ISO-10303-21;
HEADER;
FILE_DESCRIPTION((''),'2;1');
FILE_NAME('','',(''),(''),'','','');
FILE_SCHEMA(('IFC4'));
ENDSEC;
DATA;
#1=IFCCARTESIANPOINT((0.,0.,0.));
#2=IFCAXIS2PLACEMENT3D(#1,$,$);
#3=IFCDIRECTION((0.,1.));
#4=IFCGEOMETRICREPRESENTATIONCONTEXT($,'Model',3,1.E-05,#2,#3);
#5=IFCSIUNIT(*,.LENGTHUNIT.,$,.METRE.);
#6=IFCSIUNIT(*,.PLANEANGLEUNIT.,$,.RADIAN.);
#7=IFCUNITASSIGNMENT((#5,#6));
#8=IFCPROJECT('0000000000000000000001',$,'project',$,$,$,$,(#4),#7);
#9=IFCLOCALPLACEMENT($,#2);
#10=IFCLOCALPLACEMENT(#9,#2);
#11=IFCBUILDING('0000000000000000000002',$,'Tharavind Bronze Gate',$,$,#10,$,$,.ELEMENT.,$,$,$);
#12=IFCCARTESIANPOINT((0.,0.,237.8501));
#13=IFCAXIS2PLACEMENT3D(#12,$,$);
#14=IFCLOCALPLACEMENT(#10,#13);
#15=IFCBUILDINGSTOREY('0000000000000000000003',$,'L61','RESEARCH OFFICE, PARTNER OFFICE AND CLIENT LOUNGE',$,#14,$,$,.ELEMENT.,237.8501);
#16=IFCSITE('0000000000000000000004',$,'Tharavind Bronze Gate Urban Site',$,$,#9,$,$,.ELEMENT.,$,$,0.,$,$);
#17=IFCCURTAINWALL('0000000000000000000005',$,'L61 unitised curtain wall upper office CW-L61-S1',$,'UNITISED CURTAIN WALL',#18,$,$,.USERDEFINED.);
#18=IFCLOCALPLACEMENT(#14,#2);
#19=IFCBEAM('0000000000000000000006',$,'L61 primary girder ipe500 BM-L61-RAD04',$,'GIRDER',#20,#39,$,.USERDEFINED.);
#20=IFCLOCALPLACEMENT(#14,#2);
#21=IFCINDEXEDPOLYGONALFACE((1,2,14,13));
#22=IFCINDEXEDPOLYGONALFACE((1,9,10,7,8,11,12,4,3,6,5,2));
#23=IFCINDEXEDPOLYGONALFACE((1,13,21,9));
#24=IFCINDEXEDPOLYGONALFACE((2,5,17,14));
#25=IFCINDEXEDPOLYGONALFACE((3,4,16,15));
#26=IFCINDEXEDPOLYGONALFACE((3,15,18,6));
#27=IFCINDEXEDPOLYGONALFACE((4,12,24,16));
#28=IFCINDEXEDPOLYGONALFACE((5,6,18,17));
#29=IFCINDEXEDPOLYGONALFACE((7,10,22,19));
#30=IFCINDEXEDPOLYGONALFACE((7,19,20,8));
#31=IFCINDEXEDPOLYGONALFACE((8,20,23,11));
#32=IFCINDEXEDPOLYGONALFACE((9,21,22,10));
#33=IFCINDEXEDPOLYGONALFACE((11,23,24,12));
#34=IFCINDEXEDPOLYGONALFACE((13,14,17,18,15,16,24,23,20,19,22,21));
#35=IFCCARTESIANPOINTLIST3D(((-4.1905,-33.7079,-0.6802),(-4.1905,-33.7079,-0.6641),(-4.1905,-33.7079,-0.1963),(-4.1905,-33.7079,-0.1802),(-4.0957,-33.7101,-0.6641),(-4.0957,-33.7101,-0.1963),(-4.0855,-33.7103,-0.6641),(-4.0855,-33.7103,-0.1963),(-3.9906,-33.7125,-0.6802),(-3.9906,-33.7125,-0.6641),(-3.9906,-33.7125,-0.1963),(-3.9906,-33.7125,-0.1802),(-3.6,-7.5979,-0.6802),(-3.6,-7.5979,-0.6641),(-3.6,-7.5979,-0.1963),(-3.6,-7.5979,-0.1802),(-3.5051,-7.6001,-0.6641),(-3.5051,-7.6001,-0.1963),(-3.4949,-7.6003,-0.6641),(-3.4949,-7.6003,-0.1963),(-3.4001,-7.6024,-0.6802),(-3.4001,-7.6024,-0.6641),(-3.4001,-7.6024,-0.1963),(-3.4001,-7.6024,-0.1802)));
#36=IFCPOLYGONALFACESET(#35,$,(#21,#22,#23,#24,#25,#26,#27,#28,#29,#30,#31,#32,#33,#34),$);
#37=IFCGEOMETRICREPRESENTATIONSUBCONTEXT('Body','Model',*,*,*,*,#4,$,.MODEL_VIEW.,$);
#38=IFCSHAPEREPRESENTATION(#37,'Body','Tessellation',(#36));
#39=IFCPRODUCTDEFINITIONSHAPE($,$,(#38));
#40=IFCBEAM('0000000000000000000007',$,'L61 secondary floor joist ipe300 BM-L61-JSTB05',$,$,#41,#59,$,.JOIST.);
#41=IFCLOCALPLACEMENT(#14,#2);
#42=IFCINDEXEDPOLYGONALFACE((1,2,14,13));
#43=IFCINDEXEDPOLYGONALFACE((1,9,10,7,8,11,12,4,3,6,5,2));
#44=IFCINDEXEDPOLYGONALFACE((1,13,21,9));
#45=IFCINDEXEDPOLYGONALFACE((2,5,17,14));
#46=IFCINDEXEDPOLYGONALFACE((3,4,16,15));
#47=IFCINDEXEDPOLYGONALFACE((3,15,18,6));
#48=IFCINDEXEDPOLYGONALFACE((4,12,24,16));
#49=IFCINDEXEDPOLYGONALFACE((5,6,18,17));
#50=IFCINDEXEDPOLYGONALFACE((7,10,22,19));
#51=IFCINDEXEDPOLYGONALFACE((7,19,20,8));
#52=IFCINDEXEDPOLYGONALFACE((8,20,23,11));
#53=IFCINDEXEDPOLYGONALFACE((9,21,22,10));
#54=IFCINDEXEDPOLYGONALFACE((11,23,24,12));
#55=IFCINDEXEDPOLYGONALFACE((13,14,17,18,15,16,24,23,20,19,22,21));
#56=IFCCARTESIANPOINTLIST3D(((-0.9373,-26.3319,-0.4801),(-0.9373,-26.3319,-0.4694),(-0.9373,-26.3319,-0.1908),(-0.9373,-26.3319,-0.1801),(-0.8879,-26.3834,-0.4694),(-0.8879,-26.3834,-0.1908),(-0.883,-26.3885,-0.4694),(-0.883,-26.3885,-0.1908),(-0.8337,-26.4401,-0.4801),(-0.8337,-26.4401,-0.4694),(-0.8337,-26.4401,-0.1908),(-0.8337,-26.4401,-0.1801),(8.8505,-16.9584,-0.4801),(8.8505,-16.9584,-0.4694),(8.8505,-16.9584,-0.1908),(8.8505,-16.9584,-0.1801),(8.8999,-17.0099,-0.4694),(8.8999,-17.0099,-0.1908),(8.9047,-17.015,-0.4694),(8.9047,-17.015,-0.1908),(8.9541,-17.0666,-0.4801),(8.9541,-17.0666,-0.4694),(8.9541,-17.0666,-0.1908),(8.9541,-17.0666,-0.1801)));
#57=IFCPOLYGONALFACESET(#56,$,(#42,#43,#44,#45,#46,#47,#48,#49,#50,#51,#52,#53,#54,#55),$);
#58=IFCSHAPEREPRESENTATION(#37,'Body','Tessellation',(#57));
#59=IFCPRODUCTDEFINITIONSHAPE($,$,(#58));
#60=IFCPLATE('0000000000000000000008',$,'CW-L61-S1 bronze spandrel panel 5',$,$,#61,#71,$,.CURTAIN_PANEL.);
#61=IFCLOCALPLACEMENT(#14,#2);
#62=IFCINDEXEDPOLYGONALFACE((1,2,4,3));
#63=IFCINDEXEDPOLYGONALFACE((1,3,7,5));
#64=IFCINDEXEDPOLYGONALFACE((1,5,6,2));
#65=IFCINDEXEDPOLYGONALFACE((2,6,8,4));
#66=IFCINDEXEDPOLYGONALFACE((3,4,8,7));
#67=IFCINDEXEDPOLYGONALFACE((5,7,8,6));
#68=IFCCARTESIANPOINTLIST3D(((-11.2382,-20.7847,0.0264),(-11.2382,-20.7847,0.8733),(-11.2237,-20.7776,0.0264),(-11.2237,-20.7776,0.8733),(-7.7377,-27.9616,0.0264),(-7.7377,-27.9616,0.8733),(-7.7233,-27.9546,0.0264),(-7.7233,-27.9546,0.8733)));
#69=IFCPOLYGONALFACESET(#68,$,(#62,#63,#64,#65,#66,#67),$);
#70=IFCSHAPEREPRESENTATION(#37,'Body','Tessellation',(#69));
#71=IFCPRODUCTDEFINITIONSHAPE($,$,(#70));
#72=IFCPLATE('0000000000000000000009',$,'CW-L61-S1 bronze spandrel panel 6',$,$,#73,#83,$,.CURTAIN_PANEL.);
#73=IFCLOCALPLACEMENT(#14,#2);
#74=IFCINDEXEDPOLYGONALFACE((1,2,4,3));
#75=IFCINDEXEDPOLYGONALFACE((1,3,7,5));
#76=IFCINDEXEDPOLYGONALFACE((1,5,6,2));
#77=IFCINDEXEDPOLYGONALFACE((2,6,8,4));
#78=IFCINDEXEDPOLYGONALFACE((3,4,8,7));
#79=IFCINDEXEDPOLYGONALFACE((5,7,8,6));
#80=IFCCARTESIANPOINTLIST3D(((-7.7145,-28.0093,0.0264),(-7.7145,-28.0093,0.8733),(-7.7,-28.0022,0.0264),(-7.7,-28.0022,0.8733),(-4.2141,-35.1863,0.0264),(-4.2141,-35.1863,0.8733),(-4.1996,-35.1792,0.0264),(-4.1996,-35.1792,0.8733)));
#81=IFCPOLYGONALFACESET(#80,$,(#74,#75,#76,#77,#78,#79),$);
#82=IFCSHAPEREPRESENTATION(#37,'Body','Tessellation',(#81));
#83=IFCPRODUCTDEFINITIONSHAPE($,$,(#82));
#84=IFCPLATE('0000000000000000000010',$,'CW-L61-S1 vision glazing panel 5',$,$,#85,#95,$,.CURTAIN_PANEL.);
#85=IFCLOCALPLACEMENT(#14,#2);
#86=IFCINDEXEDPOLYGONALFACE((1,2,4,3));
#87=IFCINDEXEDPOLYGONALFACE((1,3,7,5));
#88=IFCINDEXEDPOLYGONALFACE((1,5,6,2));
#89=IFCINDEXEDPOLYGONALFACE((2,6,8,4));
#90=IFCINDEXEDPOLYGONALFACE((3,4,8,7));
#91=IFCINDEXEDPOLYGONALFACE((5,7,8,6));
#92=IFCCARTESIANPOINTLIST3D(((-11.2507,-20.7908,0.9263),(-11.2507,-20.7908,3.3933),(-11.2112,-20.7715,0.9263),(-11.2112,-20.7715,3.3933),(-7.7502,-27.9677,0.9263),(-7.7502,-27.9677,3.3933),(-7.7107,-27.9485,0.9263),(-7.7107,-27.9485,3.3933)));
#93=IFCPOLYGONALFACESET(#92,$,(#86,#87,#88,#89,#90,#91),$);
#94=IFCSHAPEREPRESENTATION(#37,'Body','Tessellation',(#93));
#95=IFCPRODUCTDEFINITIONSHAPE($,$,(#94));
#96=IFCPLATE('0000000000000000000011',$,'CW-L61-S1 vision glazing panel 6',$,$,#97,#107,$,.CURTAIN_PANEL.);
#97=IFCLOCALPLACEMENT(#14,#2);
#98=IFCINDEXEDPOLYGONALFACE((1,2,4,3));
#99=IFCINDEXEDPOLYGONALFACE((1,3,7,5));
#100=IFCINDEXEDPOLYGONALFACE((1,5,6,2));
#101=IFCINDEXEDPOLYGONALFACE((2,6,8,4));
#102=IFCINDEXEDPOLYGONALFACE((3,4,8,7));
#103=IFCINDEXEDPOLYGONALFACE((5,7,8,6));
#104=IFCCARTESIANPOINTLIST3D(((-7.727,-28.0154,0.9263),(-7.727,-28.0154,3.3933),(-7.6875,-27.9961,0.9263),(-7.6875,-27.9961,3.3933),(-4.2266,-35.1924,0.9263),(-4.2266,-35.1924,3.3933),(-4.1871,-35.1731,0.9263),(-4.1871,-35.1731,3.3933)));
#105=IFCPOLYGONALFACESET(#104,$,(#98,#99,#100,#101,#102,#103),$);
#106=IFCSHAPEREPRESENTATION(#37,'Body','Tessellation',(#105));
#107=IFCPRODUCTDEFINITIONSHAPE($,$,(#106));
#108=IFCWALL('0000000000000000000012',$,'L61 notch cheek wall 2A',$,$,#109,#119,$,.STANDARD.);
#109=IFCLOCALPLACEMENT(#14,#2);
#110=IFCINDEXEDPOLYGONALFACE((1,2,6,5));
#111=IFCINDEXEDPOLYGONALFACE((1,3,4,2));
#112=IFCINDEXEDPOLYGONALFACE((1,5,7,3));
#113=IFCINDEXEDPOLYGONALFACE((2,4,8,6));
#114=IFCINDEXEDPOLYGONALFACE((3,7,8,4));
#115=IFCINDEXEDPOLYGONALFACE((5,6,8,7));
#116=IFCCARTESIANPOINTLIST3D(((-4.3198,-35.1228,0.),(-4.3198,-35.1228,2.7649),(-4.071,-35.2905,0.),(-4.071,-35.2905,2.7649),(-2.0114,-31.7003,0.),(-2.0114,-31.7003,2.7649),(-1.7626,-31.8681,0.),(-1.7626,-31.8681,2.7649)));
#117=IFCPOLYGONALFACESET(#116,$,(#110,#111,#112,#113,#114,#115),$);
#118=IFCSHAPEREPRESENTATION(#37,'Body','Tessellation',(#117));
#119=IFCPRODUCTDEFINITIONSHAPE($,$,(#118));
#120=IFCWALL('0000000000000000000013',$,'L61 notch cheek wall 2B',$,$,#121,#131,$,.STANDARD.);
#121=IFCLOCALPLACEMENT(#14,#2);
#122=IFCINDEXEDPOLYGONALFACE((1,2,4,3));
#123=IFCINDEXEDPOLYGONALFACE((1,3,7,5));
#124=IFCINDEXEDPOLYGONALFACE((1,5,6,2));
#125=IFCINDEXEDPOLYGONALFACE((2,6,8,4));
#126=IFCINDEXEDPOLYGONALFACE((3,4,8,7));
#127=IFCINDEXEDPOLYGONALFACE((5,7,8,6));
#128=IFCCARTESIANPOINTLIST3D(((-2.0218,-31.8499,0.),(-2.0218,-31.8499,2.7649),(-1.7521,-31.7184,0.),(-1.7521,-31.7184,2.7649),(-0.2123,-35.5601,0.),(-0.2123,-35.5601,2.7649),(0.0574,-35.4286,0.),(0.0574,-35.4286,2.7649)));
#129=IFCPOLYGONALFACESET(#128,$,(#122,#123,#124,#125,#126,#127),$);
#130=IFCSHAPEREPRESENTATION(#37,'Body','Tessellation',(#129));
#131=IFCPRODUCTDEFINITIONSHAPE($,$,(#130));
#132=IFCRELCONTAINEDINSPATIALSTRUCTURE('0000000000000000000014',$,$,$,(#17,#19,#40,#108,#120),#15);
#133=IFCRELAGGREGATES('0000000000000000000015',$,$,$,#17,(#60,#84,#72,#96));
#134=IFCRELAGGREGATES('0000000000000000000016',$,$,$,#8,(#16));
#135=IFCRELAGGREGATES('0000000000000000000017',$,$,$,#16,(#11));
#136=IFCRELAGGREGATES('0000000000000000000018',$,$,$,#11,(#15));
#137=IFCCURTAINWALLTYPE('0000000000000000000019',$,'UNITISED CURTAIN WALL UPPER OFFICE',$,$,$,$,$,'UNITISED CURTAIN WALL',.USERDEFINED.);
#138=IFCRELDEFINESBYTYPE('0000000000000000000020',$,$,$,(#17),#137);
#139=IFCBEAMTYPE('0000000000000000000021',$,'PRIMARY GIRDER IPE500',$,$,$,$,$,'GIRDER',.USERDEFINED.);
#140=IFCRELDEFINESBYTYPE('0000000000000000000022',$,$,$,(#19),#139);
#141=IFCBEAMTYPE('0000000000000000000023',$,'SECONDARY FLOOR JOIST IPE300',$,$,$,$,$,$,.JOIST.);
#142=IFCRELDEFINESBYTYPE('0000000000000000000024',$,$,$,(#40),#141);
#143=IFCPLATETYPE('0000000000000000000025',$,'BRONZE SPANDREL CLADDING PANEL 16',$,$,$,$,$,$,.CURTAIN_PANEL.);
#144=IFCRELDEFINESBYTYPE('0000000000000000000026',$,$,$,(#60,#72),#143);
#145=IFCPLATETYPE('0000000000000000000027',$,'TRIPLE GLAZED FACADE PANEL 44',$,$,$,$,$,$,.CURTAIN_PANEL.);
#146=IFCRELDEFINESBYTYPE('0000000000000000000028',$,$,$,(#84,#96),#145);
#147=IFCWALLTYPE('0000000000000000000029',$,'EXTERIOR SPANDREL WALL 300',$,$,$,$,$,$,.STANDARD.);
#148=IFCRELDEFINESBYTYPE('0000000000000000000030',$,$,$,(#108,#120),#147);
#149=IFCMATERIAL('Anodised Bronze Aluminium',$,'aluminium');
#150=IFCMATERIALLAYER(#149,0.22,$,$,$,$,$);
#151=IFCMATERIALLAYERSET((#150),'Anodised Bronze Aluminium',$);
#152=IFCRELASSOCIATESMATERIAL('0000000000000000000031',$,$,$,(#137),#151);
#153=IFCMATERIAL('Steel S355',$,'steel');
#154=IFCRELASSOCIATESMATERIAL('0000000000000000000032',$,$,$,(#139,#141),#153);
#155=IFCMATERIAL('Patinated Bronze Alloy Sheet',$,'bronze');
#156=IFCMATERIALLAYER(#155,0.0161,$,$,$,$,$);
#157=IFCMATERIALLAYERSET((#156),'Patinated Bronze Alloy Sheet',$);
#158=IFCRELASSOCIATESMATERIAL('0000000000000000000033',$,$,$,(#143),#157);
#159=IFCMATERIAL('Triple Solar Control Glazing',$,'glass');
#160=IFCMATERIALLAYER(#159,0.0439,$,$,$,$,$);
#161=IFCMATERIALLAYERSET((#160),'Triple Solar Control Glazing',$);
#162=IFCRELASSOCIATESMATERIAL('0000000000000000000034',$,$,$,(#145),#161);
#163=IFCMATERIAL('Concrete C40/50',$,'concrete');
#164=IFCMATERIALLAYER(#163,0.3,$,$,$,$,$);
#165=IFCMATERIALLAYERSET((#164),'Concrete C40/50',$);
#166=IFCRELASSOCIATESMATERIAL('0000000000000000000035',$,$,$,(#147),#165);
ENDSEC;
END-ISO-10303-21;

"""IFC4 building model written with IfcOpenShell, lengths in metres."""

from ifc_helpers import new_model, si_unit, direction, frame, frame_2d, origin, origin_2d, place, context, subcontext, project, spatial, rectangle, i_section, extrude, material, layer, layer_set, material_profile, profile_set, type_object, element, aggregate, save


model = new_model("IFC4")

# Units and contexts
model_context = context("Model", 3, precision=1e-05, world=origin(), true_north=direction((0.0, 1.0)))
body_context = subcontext(model_context, "Body", "Model", "MODEL_VIEW")
ifc_project = project(units=[si_unit("LENGTHUNIT", "METRE"), si_unit("PLANEANGLEUNIT", "RADIAN")], contexts=[model_context])

# Site, building, storey
site_placement = place(None, origin())
site = spatial("IfcSite", under=ifc_project, at=site_placement, Name="Tharavind Bronze Gate Urban Site", CompositionType="ELEMENT", RefElevation=0.0)
building_placement = place(site_placement, origin())
building = spatial("IfcBuilding", under=site, at=building_placement, Name="Tharavind Bronze Gate", CompositionType="ELEMENT")
storey_placement = place(building_placement, frame((0.0, 0.0, 237.8501)))
storey = spatial("IfcBuildingStorey", under=building, at=storey_placement, Name="L61", Description="RESEARCH OFFICE, PARTNER OFFICE AND CLIENT LOUNGE", CompositionType="ELEMENT", Elevation=237.8501)

# Curtain wall
ifc_material_1 = material(Name="Anodised Bronze Aluminium", Category="aluminium")
ifc_layer_1 = layer(ifc_material_1, 0.22)
ifc_layer_set_1 = layer_set([ifc_layer_1], Name="Anodised Bronze Aluminium")
curtain_wall_type = type_object("IfcCurtainWallType", Name="UNITISED CURTAIN WALL UPPER OFFICE", ElementType="UNITISED CURTAIN WALL", PredefinedType="USERDEFINED", material=ifc_layer_set_1)
curtain_wall_1_placement = place(storey_placement, origin())
curtain_wall_1 = element("IfcCurtainWall", 1, at=curtain_wall_1_placement, inside=storey, type_object=curtain_wall_type, Name="L61 unitised curtain wall upper office CW-L61-S1", ObjectType="UNITISED CURTAIN WALL", PredefinedType="USERDEFINED")

# Beams
ifc_material_2 = material(Name="Steel S355", Category="steel")
ifc_material_profile_1 = material_profile(ifc_material_2, i_section(OverallWidth=0.2, OverallDepth=0.5, WebThickness=0.0103, FlangeThickness=0.0161, at=origin_2d()), Name="IPE500")
ifc_profile_set_1 = profile_set([ifc_material_profile_1], Name="Steel S355")
beam_type_1 = type_object("IfcBeamType", Name="PRIMARY GIRDER IPE500", ElementType="GIRDER", PredefinedType="USERDEFINED", material=ifc_profile_set_1)
beam_1_placement = place(storey_placement, frame((-4.0906, -33.7102, -0.4302), z_axis=(0.022613, 0.999744, 0.0), x_axis=(-0.999744, 0.022613, 0.0)))
element("IfcBeam", 2, at=beam_1_placement, inside=storey, type_object=beam_type_1, Name="L61 primary girder ipe500 BM-L61-RAD04", ObjectType="GIRDER", PredefinedType="USERDEFINED", context=body_context, shape_type="SweptSolid", body=[
    extrude(i_section(OverallWidth=0.2, OverallDepth=0.5, WebThickness=0.0103, FlangeThickness=0.0161, at=origin_2d()), origin(), (0.0, 0.0, 1.0), 26.1167),
])
ifc_material_profile_2 = material_profile(ifc_material_2, i_section(OverallWidth=0.1499, OverallDepth=0.3, WebThickness=0.0071, FlangeThickness=0.0107, at=origin_2d()), Name="IPE300")
ifc_profile_set_2 = profile_set([ifc_material_profile_2], Name="Steel S355")
beam_type_2 = type_object("IfcBeamType", Name="SECONDARY FLOOR JOIST IPE300", PredefinedType="JOIST", material=ifc_profile_set_2)
beam_2_placement = place(storey_placement, frame((-0.8855, -26.386, -0.3301), z_axis=(0.722227, 0.691656, 0.0), x_axis=(-0.691656, 0.722227, 0.0)))
element("IfcBeam", 3, at=beam_2_placement, inside=storey, type_object=beam_type_2, Name="L61 secondary floor joist ipe300 BM-L61-JSTB05", PredefinedType="JOIST", context=body_context, shape_type="SweptSolid", body=[
    extrude(i_section(OverallWidth=0.1499, OverallDepth=0.3, WebThickness=0.0071, FlangeThickness=0.0107, at=origin_2d()), origin(), (0.0, 0.0, 1.0), 13.5522),
])

# Plates
ifc_material_3 = material(Name="Patinated Bronze Alloy Sheet", Category="bronze")
ifc_layer_2 = layer(ifc_material_3, 0.0161)
ifc_layer_set_2 = layer_set([ifc_layer_2], Name="Patinated Bronze Alloy Sheet")
plate_type_1 = type_object("IfcPlateType", Name="BRONZE SPANDREL CLADDING PANEL 16", PredefinedType="CURTAIN_PANEL", material=ifc_layer_set_2)
plate_1_placement = place(storey_placement, frame((-9.4807, -24.3696, 0.0264), z_axis=(0.0, 0.0, 1.0), x_axis=(0.438371, -0.898794, 0.0)))
plate_1 = element("IfcPlate", 4, at=plate_1_placement, type_object=plate_type_1, Name="CW-L61-S1 bronze spandrel panel 5", PredefinedType="CURTAIN_PANEL", context=body_context, shape_type="SweptSolid", body=[
    extrude(rectangle(XDim=7.9851, YDim=0.0161, at=origin_2d()), origin(), (0.0, 0.0, 1.0), 0.8469),
])
plate_2_placement = place(storey_placement, frame((-5.957, -31.5942, 0.0264), z_axis=(0.0, 0.0, 1.0), x_axis=(0.438371, -0.898794, 0.0)))
plate_2 = element("IfcPlate", 5, at=plate_2_placement, type_object=plate_type_1, Name="CW-L61-S1 bronze spandrel panel 6", PredefinedType="CURTAIN_PANEL", context=body_context, shape_type="SweptSolid", body=[
    extrude(rectangle(XDim=7.9851, YDim=0.0161, at=origin_2d()), origin(), (0.0, 0.0, 1.0), 0.8469),
])
ifc_material_4 = material(Name="Triple Solar Control Glazing", Category="glass")
ifc_layer_3 = layer(ifc_material_4, 0.0439)
ifc_layer_set_3 = layer_set([ifc_layer_3], Name="Triple Solar Control Glazing")
plate_type_2 = type_object("IfcPlateType", Name="TRIPLE GLAZED FACADE PANEL 44", PredefinedType="CURTAIN_PANEL", material=ifc_layer_set_3)
plate_3_placement = place(storey_placement, frame((-9.4807, -24.3696, 0.9263), z_axis=(0.0, 0.0, 1.0), x_axis=(0.438371, -0.898794, 0.0)))
plate_3 = element("IfcPlate", 6, at=plate_3_placement, type_object=plate_type_2, Name="CW-L61-S1 vision glazing panel 5", PredefinedType="CURTAIN_PANEL", context=body_context, shape_type="SweptSolid", body=[
    extrude(rectangle(XDim=7.9851, YDim=0.0439, at=origin_2d()), origin(), (0.0, 0.0, 1.0), 2.467),
])
plate_4_placement = place(storey_placement, frame((-5.957, -31.5942, 0.9263), z_axis=(0.0, 0.0, 1.0), x_axis=(0.438371, -0.898794, 0.0)))
plate_4 = element("IfcPlate", 7, at=plate_4_placement, type_object=plate_type_2, Name="CW-L61-S1 vision glazing panel 6", PredefinedType="CURTAIN_PANEL", context=body_context, shape_type="SweptSolid", body=[
    extrude(rectangle(XDim=7.9851, YDim=0.0439, at=origin_2d()), origin(), (0.0, 0.0, 1.0), 2.467),
])
aggregate(curtain_wall_1, [plate_1, plate_3, plate_2, plate_4])

# Walls
ifc_material_5 = material(Name="Concrete C40/50", Category="concrete")
ifc_layer_4 = layer(ifc_material_5, 0.3)
ifc_layer_set_4 = layer_set([ifc_layer_4], Name="Concrete C40/50")
wall_type = type_object("IfcWallType", Name="EXTERIOR SPANDREL WALL 300", PredefinedType="STANDARD", material=ifc_layer_set_4)
wall_1_placement = place(storey_placement, frame((-4.1953, -35.2065, 0.0), z_axis=(0.0, 0.0, 1.0), x_axis=(0.559182, 0.829045, 0.0)))
element("IfcWall", 8, at=wall_1_placement, inside=storey, type_object=wall_type, Name="L61 notch cheek wall 2A", PredefinedType="STANDARD", context=body_context, shape_type="SweptSolid", body=[
    extrude(rectangle(XDim=4.1282, YDim=0.3, at=frame_2d((2.064, 0.0))), origin(), (0.0, 0.0, 1.0), 2.7649),
])
wall_2_placement = place(storey_placement, frame((-1.887, -31.7842, 0.0), z_axis=(0.0, 0.0, 1.0), x_axis=(0.438368, -0.898796, 0.0)))
element("IfcWall", 9, at=wall_2_placement, inside=storey, type_object=wall_type, Name="L61 notch cheek wall 2B", PredefinedType="STANDARD", context=body_context, shape_type="SweptSolid", body=[
    extrude(rectangle(XDim=4.1279, YDim=0.3, at=frame_2d((2.064, 0.0))), origin(), (0.0, 0.0, 1.0), 2.7649),
])

save(model, "model.ifc")
